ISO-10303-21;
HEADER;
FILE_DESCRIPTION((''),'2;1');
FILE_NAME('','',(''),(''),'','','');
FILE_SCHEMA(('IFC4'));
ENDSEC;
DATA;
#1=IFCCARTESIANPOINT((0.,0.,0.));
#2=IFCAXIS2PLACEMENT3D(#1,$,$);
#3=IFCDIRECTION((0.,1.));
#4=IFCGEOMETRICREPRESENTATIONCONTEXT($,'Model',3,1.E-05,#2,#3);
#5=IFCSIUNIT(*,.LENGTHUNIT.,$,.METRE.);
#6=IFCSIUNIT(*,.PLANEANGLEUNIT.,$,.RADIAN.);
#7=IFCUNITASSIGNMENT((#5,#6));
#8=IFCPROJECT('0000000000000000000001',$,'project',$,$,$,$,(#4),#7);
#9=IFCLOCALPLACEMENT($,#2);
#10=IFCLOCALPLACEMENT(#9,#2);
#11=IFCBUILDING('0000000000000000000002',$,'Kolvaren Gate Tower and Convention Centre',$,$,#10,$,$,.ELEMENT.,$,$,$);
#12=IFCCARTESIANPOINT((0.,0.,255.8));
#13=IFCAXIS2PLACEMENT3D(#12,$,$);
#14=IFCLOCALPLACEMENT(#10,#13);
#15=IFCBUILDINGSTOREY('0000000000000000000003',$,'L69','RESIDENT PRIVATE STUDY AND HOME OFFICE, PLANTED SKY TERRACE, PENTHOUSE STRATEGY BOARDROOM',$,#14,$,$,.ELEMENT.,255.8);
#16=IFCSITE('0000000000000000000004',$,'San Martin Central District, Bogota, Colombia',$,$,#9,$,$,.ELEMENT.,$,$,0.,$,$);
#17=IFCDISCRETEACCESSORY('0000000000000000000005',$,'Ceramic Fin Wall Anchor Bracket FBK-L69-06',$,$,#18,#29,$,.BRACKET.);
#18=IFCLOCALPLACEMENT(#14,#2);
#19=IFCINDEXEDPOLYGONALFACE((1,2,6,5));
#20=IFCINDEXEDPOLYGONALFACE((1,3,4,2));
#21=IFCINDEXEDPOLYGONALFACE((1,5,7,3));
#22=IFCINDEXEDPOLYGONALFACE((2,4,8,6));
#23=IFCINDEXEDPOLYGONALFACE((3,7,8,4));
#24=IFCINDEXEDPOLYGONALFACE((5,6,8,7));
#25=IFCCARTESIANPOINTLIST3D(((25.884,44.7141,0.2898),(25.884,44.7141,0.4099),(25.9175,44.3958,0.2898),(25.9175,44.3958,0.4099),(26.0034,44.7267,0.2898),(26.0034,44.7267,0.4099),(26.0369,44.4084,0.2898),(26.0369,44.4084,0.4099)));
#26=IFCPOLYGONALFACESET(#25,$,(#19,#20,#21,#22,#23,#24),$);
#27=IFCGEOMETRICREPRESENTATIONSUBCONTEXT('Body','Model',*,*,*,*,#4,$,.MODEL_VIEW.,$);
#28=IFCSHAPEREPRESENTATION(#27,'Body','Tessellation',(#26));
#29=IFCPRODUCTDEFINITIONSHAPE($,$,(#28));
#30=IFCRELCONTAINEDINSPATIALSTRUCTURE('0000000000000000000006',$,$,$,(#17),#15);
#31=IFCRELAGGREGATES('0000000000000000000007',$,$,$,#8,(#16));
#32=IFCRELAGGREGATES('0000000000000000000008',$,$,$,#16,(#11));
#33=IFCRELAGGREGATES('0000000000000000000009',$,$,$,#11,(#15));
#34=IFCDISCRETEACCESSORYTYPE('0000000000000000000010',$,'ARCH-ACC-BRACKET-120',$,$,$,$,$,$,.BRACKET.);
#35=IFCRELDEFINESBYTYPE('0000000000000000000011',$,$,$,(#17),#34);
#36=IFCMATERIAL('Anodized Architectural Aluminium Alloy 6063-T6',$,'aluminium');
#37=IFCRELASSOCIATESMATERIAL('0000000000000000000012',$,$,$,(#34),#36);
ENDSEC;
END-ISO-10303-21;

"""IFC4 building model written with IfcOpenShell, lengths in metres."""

from ifc_helpers import new_model, si_unit, direction, frame, origin, origin_2d, place, context, subcontext, project, spatial, rectangle, extrude, material, type_object, element, save


model = new_model("IFC4")

# Units and contexts
model_context = context("Model", 3, precision=1e-05, world=origin(), true_north=direction((0.0, 1.0)))
body_context = subcontext(model_context, "Body", "Model", "MODEL_VIEW")
ifc_project = project(units=[si_unit("LENGTHUNIT", "METRE"), si_unit("PLANEANGLEUNIT", "RADIAN")], contexts=[model_context])

# Site, building, storey
site_placement = place(None, origin())
site = spatial("IfcSite", under=ifc_project, at=site_placement, Name="San Martin Central District, Bogota, Colombia", CompositionType="ELEMENT", RefElevation=0.0)
building_placement = place(site_placement, origin())
building = spatial("IfcBuilding", under=site, at=building_placement, Name="Kolvaren Gate Tower and Convention Centre", CompositionType="ELEMENT")
storey_placement = place(building_placement, frame((0.0, 0.0, 255.8)))
storey = spatial("IfcBuildingStorey", under=building, at=storey_placement, Name="L69", Description="RESIDENT PRIVATE STUDY AND HOME OFFICE, PLANTED SKY TERRACE, PENTHOUSE STRATEGY BOARDROOM", CompositionType="ELEMENT", Elevation=255.8)

# Discrete accessory
ifc_material_1 = material(Name="Anodized Architectural Aluminium Alloy 6063-T6", Category="aluminium")
discrete_accessory_type = type_object("IfcDiscreteAccessoryType", Name="ARCH-ACC-BRACKET-120", PredefinedType="BRACKET", material=ifc_material_1)
discrete_accessory_placement = place(storey_placement, frame((25.9604, 44.5613, 0.2898), z_axis=(0.0, 0.0, 1.0), x_axis=(0.9945, 0.104737, 0.0)))
element("IfcDiscreteAccessory", 1, at=discrete_accessory_placement, inside=storey, type_object=discrete_accessory_type, Name="Ceramic Fin Wall Anchor Bracket FBK-L69-06", PredefinedType="BRACKET", context=body_context, shape_type="SweptSolid", body=[
    extrude(rectangle(XDim=0.1201, YDim=0.3201, at=origin_2d()), origin(), (0.0, 0.0, 1.0), 0.1201),
])

save(model, "model.ifc")
